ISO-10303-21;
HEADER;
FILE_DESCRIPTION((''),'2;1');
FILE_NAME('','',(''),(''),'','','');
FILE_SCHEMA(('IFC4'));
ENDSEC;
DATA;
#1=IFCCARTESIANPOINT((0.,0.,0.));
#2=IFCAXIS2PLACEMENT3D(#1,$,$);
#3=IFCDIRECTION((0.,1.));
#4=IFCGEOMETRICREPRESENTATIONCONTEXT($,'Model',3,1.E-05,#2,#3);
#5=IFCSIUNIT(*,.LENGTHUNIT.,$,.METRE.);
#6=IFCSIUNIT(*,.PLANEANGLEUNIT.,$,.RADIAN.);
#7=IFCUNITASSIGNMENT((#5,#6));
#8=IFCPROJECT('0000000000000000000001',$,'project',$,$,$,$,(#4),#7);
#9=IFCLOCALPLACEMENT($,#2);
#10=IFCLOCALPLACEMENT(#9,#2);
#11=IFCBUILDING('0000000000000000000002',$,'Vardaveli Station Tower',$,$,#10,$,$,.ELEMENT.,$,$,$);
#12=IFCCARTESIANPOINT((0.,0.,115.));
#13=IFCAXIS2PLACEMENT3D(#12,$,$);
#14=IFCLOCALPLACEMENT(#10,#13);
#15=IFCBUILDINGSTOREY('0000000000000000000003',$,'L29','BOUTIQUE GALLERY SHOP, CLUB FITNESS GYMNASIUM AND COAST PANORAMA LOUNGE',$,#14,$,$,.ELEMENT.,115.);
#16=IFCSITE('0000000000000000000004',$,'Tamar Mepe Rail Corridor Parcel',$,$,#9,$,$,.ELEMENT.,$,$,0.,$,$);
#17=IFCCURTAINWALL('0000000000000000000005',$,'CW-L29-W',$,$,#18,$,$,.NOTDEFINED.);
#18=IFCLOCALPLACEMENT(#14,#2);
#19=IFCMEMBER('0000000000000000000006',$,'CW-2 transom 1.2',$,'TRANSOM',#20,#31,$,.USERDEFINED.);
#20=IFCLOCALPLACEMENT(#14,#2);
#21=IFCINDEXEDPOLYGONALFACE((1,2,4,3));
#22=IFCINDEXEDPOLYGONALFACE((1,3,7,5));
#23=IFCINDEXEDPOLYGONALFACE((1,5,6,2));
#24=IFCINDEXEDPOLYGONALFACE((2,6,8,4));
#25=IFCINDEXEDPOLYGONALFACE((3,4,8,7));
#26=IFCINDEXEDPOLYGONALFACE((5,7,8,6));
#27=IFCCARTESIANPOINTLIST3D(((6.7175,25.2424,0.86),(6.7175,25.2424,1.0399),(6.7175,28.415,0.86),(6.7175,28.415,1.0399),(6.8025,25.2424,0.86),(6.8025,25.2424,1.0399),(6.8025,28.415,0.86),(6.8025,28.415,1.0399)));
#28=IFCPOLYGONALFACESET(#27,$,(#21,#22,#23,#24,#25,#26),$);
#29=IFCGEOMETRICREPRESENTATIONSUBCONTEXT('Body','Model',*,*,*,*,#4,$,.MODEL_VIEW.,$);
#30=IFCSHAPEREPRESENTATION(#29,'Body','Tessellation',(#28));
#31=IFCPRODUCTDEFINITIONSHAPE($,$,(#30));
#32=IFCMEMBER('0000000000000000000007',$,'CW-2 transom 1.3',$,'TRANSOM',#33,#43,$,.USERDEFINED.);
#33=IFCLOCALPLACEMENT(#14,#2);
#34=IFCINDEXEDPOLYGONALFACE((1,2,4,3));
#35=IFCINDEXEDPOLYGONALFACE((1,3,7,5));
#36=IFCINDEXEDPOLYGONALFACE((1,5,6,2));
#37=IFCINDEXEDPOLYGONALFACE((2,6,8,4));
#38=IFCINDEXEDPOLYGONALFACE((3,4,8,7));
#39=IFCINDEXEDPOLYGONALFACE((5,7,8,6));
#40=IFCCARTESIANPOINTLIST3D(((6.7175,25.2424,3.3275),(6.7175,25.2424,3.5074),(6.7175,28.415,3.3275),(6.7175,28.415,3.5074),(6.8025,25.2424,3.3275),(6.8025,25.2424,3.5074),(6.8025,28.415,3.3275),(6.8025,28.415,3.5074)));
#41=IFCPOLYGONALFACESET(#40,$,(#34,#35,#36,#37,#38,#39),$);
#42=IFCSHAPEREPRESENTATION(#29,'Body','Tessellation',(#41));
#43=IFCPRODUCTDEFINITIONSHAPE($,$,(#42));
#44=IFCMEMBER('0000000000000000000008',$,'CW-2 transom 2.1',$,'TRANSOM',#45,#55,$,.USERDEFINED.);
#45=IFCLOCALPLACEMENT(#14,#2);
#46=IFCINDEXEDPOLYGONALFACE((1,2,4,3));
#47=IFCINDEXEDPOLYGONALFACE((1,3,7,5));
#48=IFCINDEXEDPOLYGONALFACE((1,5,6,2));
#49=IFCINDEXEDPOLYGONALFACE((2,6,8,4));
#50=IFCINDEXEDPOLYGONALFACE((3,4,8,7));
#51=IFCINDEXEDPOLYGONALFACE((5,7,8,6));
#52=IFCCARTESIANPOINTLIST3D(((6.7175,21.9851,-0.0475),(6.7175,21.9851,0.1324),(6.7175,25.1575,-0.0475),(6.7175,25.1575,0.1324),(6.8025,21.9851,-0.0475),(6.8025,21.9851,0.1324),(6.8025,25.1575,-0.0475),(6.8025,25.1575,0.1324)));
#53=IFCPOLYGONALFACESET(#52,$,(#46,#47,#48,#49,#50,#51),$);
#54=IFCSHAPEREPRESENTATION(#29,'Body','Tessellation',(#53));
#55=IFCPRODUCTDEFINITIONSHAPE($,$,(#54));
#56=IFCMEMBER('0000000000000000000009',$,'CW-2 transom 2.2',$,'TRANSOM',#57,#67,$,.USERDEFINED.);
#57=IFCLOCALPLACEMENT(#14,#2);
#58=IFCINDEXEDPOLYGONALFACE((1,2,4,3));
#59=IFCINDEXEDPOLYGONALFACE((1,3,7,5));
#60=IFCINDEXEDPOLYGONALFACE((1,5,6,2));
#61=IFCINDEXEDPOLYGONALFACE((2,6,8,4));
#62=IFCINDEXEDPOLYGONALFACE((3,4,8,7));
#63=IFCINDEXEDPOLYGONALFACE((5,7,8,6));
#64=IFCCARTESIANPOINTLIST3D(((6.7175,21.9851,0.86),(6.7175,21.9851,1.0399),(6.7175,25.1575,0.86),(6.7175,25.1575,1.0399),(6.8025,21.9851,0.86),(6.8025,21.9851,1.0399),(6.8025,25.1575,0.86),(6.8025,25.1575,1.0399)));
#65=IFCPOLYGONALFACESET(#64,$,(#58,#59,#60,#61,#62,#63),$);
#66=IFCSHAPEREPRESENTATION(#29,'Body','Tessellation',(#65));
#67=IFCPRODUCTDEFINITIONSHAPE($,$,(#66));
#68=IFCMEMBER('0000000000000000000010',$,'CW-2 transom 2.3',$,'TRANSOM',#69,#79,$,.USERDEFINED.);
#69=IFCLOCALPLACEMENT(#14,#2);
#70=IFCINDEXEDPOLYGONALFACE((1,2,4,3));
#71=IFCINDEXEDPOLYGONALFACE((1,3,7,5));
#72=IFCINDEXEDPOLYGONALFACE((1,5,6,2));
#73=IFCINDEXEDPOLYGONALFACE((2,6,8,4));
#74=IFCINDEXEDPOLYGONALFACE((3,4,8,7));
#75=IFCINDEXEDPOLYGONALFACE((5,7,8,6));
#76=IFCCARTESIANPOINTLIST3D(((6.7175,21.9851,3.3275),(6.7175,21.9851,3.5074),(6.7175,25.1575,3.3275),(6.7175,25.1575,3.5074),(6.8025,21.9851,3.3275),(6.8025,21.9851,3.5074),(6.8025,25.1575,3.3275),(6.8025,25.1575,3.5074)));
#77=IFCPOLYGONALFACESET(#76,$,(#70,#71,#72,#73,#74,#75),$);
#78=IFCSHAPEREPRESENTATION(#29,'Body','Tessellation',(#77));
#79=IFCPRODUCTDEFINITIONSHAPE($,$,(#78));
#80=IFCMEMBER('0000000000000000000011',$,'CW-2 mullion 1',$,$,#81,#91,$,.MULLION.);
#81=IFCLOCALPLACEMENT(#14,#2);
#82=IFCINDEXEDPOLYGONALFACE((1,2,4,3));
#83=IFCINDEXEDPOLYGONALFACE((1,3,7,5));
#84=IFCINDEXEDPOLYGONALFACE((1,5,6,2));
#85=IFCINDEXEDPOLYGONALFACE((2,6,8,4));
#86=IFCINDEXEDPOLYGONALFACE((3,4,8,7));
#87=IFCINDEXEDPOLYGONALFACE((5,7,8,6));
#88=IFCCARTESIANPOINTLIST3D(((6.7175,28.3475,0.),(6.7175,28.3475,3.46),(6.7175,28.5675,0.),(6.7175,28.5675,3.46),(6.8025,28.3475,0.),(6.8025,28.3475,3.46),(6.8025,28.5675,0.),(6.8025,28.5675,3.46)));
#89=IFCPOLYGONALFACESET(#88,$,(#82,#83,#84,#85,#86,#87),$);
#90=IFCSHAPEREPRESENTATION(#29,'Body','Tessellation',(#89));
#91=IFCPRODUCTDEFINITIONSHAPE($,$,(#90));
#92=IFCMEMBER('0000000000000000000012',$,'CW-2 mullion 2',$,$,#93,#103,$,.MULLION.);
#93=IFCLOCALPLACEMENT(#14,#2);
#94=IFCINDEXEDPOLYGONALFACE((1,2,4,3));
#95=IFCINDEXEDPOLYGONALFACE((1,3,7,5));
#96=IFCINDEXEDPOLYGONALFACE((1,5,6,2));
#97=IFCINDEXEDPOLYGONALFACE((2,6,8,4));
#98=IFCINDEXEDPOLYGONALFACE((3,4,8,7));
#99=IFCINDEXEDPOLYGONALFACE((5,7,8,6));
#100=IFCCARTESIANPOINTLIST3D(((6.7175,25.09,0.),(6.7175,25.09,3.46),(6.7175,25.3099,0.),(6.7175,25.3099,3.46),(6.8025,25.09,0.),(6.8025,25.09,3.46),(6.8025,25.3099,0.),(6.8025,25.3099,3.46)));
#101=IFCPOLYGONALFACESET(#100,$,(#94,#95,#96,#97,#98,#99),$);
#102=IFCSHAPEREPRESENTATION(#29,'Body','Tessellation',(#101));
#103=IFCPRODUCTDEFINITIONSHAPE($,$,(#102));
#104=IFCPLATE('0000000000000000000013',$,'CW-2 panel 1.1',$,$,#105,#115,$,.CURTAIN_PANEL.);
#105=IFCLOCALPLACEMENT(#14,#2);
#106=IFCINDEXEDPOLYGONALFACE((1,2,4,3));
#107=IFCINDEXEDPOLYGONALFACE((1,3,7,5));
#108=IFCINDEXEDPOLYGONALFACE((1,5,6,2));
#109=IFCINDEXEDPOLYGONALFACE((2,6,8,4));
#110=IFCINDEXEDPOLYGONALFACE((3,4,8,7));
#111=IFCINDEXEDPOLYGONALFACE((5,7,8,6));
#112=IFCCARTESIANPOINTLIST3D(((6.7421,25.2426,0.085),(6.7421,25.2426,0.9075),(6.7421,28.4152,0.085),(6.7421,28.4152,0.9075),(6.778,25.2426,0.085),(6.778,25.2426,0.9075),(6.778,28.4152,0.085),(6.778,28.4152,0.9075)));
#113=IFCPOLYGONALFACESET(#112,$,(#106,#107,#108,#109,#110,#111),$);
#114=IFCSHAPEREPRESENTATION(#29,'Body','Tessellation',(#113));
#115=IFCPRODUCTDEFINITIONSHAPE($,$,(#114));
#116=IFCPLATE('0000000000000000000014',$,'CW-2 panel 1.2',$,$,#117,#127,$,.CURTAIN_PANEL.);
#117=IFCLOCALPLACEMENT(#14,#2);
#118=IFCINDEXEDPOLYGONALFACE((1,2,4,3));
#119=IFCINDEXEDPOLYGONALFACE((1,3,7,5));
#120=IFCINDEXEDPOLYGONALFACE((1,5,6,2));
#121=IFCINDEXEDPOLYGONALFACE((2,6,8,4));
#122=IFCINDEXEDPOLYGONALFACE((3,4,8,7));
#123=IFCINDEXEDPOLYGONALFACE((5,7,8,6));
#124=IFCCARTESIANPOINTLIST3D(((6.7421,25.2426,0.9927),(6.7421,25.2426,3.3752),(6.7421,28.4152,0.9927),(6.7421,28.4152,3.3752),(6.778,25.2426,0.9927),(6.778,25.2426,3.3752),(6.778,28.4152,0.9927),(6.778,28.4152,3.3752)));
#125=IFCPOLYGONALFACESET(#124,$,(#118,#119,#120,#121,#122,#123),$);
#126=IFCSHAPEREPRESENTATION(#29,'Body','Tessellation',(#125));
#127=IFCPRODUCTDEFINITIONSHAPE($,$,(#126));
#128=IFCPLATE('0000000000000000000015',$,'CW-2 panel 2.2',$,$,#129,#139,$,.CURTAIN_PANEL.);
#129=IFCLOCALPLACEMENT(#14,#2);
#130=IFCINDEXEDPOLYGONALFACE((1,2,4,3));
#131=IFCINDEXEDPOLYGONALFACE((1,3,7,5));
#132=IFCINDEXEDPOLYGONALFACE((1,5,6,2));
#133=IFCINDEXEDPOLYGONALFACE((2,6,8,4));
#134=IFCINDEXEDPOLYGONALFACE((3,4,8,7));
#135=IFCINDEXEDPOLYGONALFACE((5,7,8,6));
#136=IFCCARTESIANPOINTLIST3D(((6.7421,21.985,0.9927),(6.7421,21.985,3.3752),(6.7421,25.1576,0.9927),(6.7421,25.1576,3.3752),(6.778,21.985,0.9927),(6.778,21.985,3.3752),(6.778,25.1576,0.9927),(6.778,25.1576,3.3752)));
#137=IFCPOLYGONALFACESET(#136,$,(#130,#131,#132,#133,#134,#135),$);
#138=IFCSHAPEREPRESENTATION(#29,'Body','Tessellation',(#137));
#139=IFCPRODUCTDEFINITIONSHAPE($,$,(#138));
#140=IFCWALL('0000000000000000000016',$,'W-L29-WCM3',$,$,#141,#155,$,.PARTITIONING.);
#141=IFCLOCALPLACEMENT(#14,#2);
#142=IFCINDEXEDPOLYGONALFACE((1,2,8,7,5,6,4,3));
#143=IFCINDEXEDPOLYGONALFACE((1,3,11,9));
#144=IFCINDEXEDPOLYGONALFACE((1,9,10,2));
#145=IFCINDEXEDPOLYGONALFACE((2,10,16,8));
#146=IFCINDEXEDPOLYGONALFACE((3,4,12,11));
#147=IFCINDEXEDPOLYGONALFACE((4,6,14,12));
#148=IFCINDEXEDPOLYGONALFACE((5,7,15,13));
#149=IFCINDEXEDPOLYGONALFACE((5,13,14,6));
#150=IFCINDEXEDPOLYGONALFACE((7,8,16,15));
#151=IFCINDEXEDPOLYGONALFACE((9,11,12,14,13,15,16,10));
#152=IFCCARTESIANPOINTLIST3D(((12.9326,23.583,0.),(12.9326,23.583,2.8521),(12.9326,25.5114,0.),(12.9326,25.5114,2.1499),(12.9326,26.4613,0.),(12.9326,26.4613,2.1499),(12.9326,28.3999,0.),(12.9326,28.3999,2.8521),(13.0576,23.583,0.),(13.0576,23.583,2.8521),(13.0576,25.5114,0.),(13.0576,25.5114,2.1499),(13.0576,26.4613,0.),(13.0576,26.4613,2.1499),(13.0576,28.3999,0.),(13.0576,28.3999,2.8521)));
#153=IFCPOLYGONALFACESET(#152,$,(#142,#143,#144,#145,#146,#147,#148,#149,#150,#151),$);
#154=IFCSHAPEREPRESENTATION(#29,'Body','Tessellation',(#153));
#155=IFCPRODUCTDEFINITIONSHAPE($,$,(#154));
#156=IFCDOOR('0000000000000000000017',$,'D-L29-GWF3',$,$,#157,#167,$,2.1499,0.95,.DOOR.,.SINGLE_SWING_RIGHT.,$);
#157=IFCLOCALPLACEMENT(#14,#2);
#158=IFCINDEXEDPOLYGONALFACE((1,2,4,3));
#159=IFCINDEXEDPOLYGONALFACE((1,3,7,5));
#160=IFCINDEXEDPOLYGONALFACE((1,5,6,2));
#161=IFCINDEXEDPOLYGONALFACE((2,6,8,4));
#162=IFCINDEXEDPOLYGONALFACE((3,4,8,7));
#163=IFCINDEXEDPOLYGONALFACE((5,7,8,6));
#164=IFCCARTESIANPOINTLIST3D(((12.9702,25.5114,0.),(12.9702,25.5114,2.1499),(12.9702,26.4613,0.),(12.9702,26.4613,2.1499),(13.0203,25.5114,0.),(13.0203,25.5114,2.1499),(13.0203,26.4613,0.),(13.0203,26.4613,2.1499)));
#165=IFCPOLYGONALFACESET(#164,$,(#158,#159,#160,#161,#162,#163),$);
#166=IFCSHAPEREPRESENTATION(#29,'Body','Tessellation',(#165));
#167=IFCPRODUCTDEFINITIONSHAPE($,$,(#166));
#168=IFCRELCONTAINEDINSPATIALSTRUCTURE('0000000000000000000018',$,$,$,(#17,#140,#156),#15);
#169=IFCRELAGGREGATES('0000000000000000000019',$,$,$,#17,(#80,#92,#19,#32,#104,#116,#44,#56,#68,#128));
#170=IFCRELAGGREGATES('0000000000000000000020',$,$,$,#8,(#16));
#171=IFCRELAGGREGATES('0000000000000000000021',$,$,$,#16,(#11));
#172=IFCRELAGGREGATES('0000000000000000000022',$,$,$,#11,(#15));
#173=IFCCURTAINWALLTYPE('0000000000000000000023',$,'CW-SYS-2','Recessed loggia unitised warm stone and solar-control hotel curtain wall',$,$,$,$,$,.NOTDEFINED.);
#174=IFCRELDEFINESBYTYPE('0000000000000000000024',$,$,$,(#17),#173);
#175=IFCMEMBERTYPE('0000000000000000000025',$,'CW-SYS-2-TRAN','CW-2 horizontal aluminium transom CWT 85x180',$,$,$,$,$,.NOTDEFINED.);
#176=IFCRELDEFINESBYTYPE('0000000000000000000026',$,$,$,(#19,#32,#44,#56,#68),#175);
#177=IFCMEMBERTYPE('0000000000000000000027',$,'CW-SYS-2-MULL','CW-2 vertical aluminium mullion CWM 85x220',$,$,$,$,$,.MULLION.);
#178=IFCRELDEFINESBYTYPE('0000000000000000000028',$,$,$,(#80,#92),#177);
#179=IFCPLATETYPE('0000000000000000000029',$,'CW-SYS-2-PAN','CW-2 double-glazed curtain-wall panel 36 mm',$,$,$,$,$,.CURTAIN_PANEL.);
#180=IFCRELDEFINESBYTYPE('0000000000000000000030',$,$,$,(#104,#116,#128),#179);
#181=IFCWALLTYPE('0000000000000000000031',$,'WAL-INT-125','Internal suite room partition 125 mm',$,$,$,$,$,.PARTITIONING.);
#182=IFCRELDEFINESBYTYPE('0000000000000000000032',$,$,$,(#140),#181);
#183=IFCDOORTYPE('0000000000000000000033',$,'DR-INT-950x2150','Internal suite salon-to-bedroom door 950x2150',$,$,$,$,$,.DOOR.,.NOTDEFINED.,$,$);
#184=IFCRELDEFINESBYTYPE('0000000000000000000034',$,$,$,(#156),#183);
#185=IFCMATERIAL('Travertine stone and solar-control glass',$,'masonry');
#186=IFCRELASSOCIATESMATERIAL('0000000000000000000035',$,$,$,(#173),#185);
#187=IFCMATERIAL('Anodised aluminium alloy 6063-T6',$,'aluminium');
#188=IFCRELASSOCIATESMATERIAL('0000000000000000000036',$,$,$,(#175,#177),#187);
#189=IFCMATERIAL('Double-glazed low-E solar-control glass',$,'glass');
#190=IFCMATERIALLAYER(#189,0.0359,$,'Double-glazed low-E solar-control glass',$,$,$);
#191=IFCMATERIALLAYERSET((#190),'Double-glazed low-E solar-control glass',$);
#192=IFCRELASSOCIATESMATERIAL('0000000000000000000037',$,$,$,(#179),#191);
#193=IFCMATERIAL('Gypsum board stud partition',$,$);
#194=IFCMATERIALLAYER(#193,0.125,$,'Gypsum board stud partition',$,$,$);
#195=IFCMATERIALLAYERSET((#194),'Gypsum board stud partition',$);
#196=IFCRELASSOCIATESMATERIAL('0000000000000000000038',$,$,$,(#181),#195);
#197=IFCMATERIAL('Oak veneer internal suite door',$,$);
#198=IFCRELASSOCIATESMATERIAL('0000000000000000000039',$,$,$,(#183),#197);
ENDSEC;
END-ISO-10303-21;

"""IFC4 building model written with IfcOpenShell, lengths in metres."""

from ifc_helpers import new_model, si_unit, direction, frame, frame_2d, origin, origin_2d, place, context, subcontext, project, spatial, rectangle, extrude, source, transform, mapped, material, layer, layer_set, material_profile, profile_set, type_object, element, fill, aggregate, save


model = new_model("IFC4")

# Units and contexts
model_context = context("Model", 3, precision=1e-05, world=origin(), true_north=direction((0.0, 1.0)))
body_context = subcontext(model_context, "Body", "Model", "MODEL_VIEW")
ifc_project = project(units=[si_unit("LENGTHUNIT", "METRE"), si_unit("PLANEANGLEUNIT", "RADIAN")], contexts=[model_context])

# Site, building, storey
site_placement = place(None, origin())
site = spatial("IfcSite", under=ifc_project, at=site_placement, Name="Tamar Mepe Rail Corridor Parcel", CompositionType="ELEMENT", RefElevation=0.0)
building_placement = place(site_placement, origin())
building = spatial("IfcBuilding", under=site, at=building_placement, Name="Vardaveli Station Tower", CompositionType="ELEMENT")
storey_placement = place(building_placement, frame((0.0, 0.0, 115.0)))
storey = spatial("IfcBuildingStorey", under=building, at=storey_placement, Name="L29", Description="BOUTIQUE GALLERY SHOP, CLUB FITNESS GYMNASIUM AND COAST PANORAMA LOUNGE", CompositionType="ELEMENT", Elevation=115.0)

# Curtain wall, members, plates
ifc_material_1 = material(Name="Travertine stone and solar-control glass", Category="masonry")
curtain_wall_type = type_object("IfcCurtainWallType", Name="CW-SYS-2", Description="Recessed loggia unitised warm stone and solar-control hotel curtain wall", PredefinedType="NOTDEFINED", material=ifc_material_1)
curtain_wall_placement = place(storey_placement, origin())
curtain_wall = element("IfcCurtainWall", 1, at=curtain_wall_placement, inside=storey, type_object=curtain_wall_type, Name="CW-L29-W", PredefinedType="NOTDEFINED")
ifc_material_2 = material(Name="Anodised aluminium alloy 6063-T6", Category="aluminium")
ifc_material_profile_1 = material_profile(ifc_material_2, rectangle(XDim=0.085, YDim=0.1799, at=origin_2d()), Name="CWT 85x180")
ifc_profile_set_1 = profile_set([ifc_material_profile_1], Name="Anodised aluminium alloy 6063-T6")
member_type_1 = type_object("IfcMemberType", Name="CW-SYS-2-TRAN", Description="CW-2 horizontal aluminium transom CWT 85x180", PredefinedType="NOTDEFINED", material=ifc_profile_set_1)
shared_shape_1 = source(origin(), body_context, "Body", "SweptSolid", [
    extrude(rectangle(XDim=0.085, YDim=0.1799, at=origin_2d()), origin(), (0.0, 0.0, 1.0), 3.1726),
])
member_1_placement = place(storey_placement, frame((6.76, 28.415, 0.95), z_axis=(0.0, -1.0, 0.0), x_axis=(1.0, 0.0, 0.0)))
member_1 = element("IfcMember", 2, at=member_1_placement, type_object=member_type_1, Name="CW-2 transom 1.2", ObjectType="TRANSOM", PredefinedType="USERDEFINED", context=body_context, shape_type="MappedRepresentation", body=[
    mapped(shared_shape_1, transform((0.0, 0.0, 0.0), scale=1.0)),
])
member_2_placement = place(storey_placement, frame((6.76, 28.415, 3.4175), z_axis=(0.0, -1.0, 0.0), x_axis=(1.0, 0.0, 0.0)))
member_2 = element("IfcMember", 3, at=member_2_placement, type_object=member_type_1, Name="CW-2 transom 1.3", ObjectType="TRANSOM", PredefinedType="USERDEFINED", context=body_context, shape_type="MappedRepresentation", body=[
    mapped(shared_shape_1, transform((0.0, 0.0, 0.0), scale=1.0)),
])
shared_shape_2 = source(origin(), body_context, "Body", "SweptSolid", [
    extrude(rectangle(XDim=0.085, YDim=0.1799, at=origin_2d()), origin(), (0.0, 0.0, 1.0), 3.1724),
])
member_3_placement = place(storey_placement, frame((6.76, 25.1575, 0.0425), z_axis=(0.0, -1.0, 0.0), x_axis=(1.0, 0.0, 0.0)))
member_3 = element("IfcMember", 4, at=member_3_placement, type_object=member_type_1, Name="CW-2 transom 2.1", ObjectType="TRANSOM", PredefinedType="USERDEFINED", context=body_context, shape_type="MappedRepresentation", body=[
    mapped(shared_shape_2, transform((0.0, 0.0, 0.0), scale=1.0)),
])
member_4_placement = place(storey_placement, frame((6.76, 25.1575, 0.95), z_axis=(0.0, -1.0, 0.0), x_axis=(1.0, 0.0, 0.0)))
member_4 = element("IfcMember", 5, at=member_4_placement, type_object=member_type_1, Name="CW-2 transom 2.2", ObjectType="TRANSOM", PredefinedType="USERDEFINED", context=body_context, shape_type="MappedRepresentation", body=[
    mapped(shared_shape_2, transform((0.0, 0.0, 0.0), scale=1.0)),
])
member_5_placement = place(storey_placement, frame((6.76, 25.1575, 3.4175), z_axis=(0.0, -1.0, 0.0), x_axis=(1.0, 0.0, 0.0)))
member_5 = element("IfcMember", 6, at=member_5_placement, type_object=member_type_1, Name="CW-2 transom 2.3", ObjectType="TRANSOM", PredefinedType="USERDEFINED", context=body_context, shape_type="MappedRepresentation", body=[
    mapped(shared_shape_2, transform((0.0, 0.0, 0.0), scale=1.0)),
])
ifc_material_profile_2 = material_profile(ifc_material_2, rectangle(XDim=0.085, YDim=0.22, at=origin_2d()), Name="CWM 85x220")
ifc_profile_set_2 = profile_set([ifc_material_profile_2], Name="Anodised aluminium alloy 6063-T6")
member_type_2 = type_object("IfcMemberType", Name="CW-SYS-2-MULL", Description="CW-2 vertical aluminium mullion CWM 85x220", PredefinedType="MULLION", material=ifc_profile_set_2)
shared_shape_3 = source(origin(), body_context, "Body", "SweptSolid", [
    extrude(rectangle(XDim=0.085, YDim=0.22, at=origin_2d()), origin(), (0.0, 0.0, 1.0), 3.46),
])
member_6_placement = place(storey_placement, frame((6.76, 28.4575, 0.0), z_axis=(0.0, 0.0, 1.0), x_axis=(1.0, 0.0, 0.0)))
member_6 = element("IfcMember", 7, at=member_6_placement, type_object=member_type_2, Name="CW-2 mullion 1", PredefinedType="MULLION", context=body_context, shape_type="MappedRepresentation", body=[
    mapped(shared_shape_3, transform((0.0, 0.0, 0.0), scale=1.0)),
])
member_7_placement = place(storey_placement, frame((6.76, 25.2, 0.0), z_axis=(0.0, 0.0, 1.0), x_axis=(1.0, 0.0, 0.0)))
member_7 = element("IfcMember", 8, at=member_7_placement, type_object=member_type_2, Name="CW-2 mullion 2", PredefinedType="MULLION", context=body_context, shape_type="MappedRepresentation", body=[
    mapped(shared_shape_3, transform((0.0, 0.0, 0.0), scale=1.0)),
])
ifc_material_3 = material(Name="Double-glazed low-E solar-control glass", Category="glass")
ifc_layer_1 = layer(ifc_material_3, 0.0359, Name="Double-glazed low-E solar-control glass")
ifc_layer_set_1 = layer_set([ifc_layer_1], Name="Double-glazed low-E solar-control glass")
plate_type = type_object("IfcPlateType", Name="CW-SYS-2-PAN", Description="CW-2 double-glazed curtain-wall panel 36 mm", PredefinedType="CURTAIN_PANEL", material=ifc_layer_set_1)
shared_shape_4 = source(origin(), body_context, "Body", "SweptSolid", [
    extrude(rectangle(XDim=3.1726, YDim=0.0359, at=origin_2d()), origin(), (0.0, 0.0, 1.0), 0.8225),
])
plate_1_placement = place(storey_placement, frame((6.76, 26.8289, 0.085), z_axis=(0.0, 0.0, 1.0), x_axis=(0.0, -1.0, 0.0)))
plate_1 = element("IfcPlate", 9, at=plate_1_placement, type_object=plate_type, Name="CW-2 panel 1.1", PredefinedType="CURTAIN_PANEL", context=body_context, shape_type="MappedRepresentation", body=[
    mapped(shared_shape_4, transform((0.0, 0.0, 0.0), scale=1.0)),
])
shared_shape_5 = source(origin(), body_context, "Body", "SweptSolid", [
    extrude(rectangle(XDim=3.1726, YDim=0.0359, at=origin_2d()), origin(), (0.0, 0.0, 1.0), 2.3826),
])
plate_2_placement = place(storey_placement, frame((6.76, 26.8289, 0.9927), z_axis=(0.0, 0.0, 1.0), x_axis=(0.0, -1.0, 0.0)))
plate_2 = element("IfcPlate", 10, at=plate_2_placement, type_object=plate_type, Name="CW-2 panel 1.2", PredefinedType="CURTAIN_PANEL", context=body_context, shape_type="MappedRepresentation", body=[
    mapped(shared_shape_5, transform((0.0, 0.0, 0.0), scale=1.0)),
])
plate_3_placement = place(storey_placement, frame((6.76, 23.5713, 0.9927), z_axis=(0.0, 0.0, 1.0), x_axis=(0.0, -1.0, 0.0)))
plate_3 = element("IfcPlate", 11, at=plate_3_placement, type_object=plate_type, Name="CW-2 panel 2.2", PredefinedType="CURTAIN_PANEL", context=body_context, shape_type="MappedRepresentation", body=[
    mapped(shared_shape_5, transform((0.0, 0.0, 0.0), scale=1.0)),
])
aggregate(curtain_wall, [member_6, member_7, member_1, member_2, plate_1, plate_2, member_3, member_4, member_5, plate_3])

# Wall, opening, door
ifc_material_4 = material(Name="Gypsum board stud partition")
ifc_layer_2 = layer(ifc_material_4, 0.125, Name="Gypsum board stud partition")
ifc_layer_set_2 = layer_set([ifc_layer_2], Name="Gypsum board stud partition")
wall_type_1 = type_object("IfcWallType", Name="WAL-INT-125", Description="Internal suite room partition 125 mm", PredefinedType="PARTITIONING", material=ifc_layer_set_2)
shared_shape_6 = source(origin(), body_context, "Body", "SweptSolid", [
    extrude(rectangle(XDim=4.8169, YDim=0.125, at=frame_2d((2.4084, 0.0))), origin(), (0.0, 0.0, 1.0), 2.8521),
])
wall_1_placement = place(storey_placement, frame((12.9951, 23.583, 0.0), z_axis=(0.0, 0.0, 1.0), x_axis=(0.0, 1.0, 0.0)))
wall_1 = element("IfcWall", 12, at=wall_1_placement, inside=storey, type_object=wall_type_1, Name="W-L29-WCM3", PredefinedType="PARTITIONING", context=body_context, shape_type="MappedRepresentation", body=[
    mapped(shared_shape_6, transform((0.0, 0.0, 0.0), scale=1.0)),
])
shared_shape_7 = source(origin(), body_context, "Body", "SweptSolid", [
    extrude(rectangle(XDim=0.95, YDim=2.1499, at=frame_2d((0.4751, 1.075))), frame((0.0, 0.0725, 0.0), z_axis=(0.0, -1.0, 0.0), x_axis=(1.0, 0.0, 0.0)), (0.0, 0.0, 1.0), 0.145),
])
opening_1_placement = place(wall_1_placement, frame((1.9282, 0.0, 0.0)))
opening_1 = element("IfcOpeningElement", 13, at=opening_1_placement, cuts=wall_1, PredefinedType="OPENING", context=body_context, shape_type="MappedRepresentation", body=[
    mapped(shared_shape_7, transform((0.0, 0.0, 0.0), scale=1.0)),
])
ifc_material_5 = material(Name="Oak veneer internal suite door")
door_type_1 = type_object("IfcDoorType", Name="DR-INT-950x2150", Description="Internal suite salon-to-bedroom door 950x2150", OperationType="NOTDEFINED", PredefinedType="DOOR", material=ifc_material_5)
shared_shape_8 = source(origin(), body_context, "Body", "SweptSolid", [
    extrude(rectangle(XDim=0.95, YDim=2.1499, at=frame_2d((0.4751, 1.075))), frame((0.0, 0.0249, 0.0), z_axis=(0.0, -1.0, 0.0), x_axis=(1.0, 0.0, 0.0)), (0.0, 0.0, 1.0), 0.05),
])
door_1_placement = place(opening_1_placement, origin())
door_1 = element("IfcDoor", 14, at=door_1_placement, inside=storey, type_object=door_type_1, Name="D-L29-GWF3", OperationType="SINGLE_SWING_RIGHT", OverallHeight=2.1499, OverallWidth=0.95, PredefinedType="DOOR", context=body_context, shape_type="MappedRepresentation", body=[
    mapped(shared_shape_8, transform((0.0, 0.0, 0.0), scale=1.0)),
])
fill(opening_1, door_1)

save(model, "model.ifc")
